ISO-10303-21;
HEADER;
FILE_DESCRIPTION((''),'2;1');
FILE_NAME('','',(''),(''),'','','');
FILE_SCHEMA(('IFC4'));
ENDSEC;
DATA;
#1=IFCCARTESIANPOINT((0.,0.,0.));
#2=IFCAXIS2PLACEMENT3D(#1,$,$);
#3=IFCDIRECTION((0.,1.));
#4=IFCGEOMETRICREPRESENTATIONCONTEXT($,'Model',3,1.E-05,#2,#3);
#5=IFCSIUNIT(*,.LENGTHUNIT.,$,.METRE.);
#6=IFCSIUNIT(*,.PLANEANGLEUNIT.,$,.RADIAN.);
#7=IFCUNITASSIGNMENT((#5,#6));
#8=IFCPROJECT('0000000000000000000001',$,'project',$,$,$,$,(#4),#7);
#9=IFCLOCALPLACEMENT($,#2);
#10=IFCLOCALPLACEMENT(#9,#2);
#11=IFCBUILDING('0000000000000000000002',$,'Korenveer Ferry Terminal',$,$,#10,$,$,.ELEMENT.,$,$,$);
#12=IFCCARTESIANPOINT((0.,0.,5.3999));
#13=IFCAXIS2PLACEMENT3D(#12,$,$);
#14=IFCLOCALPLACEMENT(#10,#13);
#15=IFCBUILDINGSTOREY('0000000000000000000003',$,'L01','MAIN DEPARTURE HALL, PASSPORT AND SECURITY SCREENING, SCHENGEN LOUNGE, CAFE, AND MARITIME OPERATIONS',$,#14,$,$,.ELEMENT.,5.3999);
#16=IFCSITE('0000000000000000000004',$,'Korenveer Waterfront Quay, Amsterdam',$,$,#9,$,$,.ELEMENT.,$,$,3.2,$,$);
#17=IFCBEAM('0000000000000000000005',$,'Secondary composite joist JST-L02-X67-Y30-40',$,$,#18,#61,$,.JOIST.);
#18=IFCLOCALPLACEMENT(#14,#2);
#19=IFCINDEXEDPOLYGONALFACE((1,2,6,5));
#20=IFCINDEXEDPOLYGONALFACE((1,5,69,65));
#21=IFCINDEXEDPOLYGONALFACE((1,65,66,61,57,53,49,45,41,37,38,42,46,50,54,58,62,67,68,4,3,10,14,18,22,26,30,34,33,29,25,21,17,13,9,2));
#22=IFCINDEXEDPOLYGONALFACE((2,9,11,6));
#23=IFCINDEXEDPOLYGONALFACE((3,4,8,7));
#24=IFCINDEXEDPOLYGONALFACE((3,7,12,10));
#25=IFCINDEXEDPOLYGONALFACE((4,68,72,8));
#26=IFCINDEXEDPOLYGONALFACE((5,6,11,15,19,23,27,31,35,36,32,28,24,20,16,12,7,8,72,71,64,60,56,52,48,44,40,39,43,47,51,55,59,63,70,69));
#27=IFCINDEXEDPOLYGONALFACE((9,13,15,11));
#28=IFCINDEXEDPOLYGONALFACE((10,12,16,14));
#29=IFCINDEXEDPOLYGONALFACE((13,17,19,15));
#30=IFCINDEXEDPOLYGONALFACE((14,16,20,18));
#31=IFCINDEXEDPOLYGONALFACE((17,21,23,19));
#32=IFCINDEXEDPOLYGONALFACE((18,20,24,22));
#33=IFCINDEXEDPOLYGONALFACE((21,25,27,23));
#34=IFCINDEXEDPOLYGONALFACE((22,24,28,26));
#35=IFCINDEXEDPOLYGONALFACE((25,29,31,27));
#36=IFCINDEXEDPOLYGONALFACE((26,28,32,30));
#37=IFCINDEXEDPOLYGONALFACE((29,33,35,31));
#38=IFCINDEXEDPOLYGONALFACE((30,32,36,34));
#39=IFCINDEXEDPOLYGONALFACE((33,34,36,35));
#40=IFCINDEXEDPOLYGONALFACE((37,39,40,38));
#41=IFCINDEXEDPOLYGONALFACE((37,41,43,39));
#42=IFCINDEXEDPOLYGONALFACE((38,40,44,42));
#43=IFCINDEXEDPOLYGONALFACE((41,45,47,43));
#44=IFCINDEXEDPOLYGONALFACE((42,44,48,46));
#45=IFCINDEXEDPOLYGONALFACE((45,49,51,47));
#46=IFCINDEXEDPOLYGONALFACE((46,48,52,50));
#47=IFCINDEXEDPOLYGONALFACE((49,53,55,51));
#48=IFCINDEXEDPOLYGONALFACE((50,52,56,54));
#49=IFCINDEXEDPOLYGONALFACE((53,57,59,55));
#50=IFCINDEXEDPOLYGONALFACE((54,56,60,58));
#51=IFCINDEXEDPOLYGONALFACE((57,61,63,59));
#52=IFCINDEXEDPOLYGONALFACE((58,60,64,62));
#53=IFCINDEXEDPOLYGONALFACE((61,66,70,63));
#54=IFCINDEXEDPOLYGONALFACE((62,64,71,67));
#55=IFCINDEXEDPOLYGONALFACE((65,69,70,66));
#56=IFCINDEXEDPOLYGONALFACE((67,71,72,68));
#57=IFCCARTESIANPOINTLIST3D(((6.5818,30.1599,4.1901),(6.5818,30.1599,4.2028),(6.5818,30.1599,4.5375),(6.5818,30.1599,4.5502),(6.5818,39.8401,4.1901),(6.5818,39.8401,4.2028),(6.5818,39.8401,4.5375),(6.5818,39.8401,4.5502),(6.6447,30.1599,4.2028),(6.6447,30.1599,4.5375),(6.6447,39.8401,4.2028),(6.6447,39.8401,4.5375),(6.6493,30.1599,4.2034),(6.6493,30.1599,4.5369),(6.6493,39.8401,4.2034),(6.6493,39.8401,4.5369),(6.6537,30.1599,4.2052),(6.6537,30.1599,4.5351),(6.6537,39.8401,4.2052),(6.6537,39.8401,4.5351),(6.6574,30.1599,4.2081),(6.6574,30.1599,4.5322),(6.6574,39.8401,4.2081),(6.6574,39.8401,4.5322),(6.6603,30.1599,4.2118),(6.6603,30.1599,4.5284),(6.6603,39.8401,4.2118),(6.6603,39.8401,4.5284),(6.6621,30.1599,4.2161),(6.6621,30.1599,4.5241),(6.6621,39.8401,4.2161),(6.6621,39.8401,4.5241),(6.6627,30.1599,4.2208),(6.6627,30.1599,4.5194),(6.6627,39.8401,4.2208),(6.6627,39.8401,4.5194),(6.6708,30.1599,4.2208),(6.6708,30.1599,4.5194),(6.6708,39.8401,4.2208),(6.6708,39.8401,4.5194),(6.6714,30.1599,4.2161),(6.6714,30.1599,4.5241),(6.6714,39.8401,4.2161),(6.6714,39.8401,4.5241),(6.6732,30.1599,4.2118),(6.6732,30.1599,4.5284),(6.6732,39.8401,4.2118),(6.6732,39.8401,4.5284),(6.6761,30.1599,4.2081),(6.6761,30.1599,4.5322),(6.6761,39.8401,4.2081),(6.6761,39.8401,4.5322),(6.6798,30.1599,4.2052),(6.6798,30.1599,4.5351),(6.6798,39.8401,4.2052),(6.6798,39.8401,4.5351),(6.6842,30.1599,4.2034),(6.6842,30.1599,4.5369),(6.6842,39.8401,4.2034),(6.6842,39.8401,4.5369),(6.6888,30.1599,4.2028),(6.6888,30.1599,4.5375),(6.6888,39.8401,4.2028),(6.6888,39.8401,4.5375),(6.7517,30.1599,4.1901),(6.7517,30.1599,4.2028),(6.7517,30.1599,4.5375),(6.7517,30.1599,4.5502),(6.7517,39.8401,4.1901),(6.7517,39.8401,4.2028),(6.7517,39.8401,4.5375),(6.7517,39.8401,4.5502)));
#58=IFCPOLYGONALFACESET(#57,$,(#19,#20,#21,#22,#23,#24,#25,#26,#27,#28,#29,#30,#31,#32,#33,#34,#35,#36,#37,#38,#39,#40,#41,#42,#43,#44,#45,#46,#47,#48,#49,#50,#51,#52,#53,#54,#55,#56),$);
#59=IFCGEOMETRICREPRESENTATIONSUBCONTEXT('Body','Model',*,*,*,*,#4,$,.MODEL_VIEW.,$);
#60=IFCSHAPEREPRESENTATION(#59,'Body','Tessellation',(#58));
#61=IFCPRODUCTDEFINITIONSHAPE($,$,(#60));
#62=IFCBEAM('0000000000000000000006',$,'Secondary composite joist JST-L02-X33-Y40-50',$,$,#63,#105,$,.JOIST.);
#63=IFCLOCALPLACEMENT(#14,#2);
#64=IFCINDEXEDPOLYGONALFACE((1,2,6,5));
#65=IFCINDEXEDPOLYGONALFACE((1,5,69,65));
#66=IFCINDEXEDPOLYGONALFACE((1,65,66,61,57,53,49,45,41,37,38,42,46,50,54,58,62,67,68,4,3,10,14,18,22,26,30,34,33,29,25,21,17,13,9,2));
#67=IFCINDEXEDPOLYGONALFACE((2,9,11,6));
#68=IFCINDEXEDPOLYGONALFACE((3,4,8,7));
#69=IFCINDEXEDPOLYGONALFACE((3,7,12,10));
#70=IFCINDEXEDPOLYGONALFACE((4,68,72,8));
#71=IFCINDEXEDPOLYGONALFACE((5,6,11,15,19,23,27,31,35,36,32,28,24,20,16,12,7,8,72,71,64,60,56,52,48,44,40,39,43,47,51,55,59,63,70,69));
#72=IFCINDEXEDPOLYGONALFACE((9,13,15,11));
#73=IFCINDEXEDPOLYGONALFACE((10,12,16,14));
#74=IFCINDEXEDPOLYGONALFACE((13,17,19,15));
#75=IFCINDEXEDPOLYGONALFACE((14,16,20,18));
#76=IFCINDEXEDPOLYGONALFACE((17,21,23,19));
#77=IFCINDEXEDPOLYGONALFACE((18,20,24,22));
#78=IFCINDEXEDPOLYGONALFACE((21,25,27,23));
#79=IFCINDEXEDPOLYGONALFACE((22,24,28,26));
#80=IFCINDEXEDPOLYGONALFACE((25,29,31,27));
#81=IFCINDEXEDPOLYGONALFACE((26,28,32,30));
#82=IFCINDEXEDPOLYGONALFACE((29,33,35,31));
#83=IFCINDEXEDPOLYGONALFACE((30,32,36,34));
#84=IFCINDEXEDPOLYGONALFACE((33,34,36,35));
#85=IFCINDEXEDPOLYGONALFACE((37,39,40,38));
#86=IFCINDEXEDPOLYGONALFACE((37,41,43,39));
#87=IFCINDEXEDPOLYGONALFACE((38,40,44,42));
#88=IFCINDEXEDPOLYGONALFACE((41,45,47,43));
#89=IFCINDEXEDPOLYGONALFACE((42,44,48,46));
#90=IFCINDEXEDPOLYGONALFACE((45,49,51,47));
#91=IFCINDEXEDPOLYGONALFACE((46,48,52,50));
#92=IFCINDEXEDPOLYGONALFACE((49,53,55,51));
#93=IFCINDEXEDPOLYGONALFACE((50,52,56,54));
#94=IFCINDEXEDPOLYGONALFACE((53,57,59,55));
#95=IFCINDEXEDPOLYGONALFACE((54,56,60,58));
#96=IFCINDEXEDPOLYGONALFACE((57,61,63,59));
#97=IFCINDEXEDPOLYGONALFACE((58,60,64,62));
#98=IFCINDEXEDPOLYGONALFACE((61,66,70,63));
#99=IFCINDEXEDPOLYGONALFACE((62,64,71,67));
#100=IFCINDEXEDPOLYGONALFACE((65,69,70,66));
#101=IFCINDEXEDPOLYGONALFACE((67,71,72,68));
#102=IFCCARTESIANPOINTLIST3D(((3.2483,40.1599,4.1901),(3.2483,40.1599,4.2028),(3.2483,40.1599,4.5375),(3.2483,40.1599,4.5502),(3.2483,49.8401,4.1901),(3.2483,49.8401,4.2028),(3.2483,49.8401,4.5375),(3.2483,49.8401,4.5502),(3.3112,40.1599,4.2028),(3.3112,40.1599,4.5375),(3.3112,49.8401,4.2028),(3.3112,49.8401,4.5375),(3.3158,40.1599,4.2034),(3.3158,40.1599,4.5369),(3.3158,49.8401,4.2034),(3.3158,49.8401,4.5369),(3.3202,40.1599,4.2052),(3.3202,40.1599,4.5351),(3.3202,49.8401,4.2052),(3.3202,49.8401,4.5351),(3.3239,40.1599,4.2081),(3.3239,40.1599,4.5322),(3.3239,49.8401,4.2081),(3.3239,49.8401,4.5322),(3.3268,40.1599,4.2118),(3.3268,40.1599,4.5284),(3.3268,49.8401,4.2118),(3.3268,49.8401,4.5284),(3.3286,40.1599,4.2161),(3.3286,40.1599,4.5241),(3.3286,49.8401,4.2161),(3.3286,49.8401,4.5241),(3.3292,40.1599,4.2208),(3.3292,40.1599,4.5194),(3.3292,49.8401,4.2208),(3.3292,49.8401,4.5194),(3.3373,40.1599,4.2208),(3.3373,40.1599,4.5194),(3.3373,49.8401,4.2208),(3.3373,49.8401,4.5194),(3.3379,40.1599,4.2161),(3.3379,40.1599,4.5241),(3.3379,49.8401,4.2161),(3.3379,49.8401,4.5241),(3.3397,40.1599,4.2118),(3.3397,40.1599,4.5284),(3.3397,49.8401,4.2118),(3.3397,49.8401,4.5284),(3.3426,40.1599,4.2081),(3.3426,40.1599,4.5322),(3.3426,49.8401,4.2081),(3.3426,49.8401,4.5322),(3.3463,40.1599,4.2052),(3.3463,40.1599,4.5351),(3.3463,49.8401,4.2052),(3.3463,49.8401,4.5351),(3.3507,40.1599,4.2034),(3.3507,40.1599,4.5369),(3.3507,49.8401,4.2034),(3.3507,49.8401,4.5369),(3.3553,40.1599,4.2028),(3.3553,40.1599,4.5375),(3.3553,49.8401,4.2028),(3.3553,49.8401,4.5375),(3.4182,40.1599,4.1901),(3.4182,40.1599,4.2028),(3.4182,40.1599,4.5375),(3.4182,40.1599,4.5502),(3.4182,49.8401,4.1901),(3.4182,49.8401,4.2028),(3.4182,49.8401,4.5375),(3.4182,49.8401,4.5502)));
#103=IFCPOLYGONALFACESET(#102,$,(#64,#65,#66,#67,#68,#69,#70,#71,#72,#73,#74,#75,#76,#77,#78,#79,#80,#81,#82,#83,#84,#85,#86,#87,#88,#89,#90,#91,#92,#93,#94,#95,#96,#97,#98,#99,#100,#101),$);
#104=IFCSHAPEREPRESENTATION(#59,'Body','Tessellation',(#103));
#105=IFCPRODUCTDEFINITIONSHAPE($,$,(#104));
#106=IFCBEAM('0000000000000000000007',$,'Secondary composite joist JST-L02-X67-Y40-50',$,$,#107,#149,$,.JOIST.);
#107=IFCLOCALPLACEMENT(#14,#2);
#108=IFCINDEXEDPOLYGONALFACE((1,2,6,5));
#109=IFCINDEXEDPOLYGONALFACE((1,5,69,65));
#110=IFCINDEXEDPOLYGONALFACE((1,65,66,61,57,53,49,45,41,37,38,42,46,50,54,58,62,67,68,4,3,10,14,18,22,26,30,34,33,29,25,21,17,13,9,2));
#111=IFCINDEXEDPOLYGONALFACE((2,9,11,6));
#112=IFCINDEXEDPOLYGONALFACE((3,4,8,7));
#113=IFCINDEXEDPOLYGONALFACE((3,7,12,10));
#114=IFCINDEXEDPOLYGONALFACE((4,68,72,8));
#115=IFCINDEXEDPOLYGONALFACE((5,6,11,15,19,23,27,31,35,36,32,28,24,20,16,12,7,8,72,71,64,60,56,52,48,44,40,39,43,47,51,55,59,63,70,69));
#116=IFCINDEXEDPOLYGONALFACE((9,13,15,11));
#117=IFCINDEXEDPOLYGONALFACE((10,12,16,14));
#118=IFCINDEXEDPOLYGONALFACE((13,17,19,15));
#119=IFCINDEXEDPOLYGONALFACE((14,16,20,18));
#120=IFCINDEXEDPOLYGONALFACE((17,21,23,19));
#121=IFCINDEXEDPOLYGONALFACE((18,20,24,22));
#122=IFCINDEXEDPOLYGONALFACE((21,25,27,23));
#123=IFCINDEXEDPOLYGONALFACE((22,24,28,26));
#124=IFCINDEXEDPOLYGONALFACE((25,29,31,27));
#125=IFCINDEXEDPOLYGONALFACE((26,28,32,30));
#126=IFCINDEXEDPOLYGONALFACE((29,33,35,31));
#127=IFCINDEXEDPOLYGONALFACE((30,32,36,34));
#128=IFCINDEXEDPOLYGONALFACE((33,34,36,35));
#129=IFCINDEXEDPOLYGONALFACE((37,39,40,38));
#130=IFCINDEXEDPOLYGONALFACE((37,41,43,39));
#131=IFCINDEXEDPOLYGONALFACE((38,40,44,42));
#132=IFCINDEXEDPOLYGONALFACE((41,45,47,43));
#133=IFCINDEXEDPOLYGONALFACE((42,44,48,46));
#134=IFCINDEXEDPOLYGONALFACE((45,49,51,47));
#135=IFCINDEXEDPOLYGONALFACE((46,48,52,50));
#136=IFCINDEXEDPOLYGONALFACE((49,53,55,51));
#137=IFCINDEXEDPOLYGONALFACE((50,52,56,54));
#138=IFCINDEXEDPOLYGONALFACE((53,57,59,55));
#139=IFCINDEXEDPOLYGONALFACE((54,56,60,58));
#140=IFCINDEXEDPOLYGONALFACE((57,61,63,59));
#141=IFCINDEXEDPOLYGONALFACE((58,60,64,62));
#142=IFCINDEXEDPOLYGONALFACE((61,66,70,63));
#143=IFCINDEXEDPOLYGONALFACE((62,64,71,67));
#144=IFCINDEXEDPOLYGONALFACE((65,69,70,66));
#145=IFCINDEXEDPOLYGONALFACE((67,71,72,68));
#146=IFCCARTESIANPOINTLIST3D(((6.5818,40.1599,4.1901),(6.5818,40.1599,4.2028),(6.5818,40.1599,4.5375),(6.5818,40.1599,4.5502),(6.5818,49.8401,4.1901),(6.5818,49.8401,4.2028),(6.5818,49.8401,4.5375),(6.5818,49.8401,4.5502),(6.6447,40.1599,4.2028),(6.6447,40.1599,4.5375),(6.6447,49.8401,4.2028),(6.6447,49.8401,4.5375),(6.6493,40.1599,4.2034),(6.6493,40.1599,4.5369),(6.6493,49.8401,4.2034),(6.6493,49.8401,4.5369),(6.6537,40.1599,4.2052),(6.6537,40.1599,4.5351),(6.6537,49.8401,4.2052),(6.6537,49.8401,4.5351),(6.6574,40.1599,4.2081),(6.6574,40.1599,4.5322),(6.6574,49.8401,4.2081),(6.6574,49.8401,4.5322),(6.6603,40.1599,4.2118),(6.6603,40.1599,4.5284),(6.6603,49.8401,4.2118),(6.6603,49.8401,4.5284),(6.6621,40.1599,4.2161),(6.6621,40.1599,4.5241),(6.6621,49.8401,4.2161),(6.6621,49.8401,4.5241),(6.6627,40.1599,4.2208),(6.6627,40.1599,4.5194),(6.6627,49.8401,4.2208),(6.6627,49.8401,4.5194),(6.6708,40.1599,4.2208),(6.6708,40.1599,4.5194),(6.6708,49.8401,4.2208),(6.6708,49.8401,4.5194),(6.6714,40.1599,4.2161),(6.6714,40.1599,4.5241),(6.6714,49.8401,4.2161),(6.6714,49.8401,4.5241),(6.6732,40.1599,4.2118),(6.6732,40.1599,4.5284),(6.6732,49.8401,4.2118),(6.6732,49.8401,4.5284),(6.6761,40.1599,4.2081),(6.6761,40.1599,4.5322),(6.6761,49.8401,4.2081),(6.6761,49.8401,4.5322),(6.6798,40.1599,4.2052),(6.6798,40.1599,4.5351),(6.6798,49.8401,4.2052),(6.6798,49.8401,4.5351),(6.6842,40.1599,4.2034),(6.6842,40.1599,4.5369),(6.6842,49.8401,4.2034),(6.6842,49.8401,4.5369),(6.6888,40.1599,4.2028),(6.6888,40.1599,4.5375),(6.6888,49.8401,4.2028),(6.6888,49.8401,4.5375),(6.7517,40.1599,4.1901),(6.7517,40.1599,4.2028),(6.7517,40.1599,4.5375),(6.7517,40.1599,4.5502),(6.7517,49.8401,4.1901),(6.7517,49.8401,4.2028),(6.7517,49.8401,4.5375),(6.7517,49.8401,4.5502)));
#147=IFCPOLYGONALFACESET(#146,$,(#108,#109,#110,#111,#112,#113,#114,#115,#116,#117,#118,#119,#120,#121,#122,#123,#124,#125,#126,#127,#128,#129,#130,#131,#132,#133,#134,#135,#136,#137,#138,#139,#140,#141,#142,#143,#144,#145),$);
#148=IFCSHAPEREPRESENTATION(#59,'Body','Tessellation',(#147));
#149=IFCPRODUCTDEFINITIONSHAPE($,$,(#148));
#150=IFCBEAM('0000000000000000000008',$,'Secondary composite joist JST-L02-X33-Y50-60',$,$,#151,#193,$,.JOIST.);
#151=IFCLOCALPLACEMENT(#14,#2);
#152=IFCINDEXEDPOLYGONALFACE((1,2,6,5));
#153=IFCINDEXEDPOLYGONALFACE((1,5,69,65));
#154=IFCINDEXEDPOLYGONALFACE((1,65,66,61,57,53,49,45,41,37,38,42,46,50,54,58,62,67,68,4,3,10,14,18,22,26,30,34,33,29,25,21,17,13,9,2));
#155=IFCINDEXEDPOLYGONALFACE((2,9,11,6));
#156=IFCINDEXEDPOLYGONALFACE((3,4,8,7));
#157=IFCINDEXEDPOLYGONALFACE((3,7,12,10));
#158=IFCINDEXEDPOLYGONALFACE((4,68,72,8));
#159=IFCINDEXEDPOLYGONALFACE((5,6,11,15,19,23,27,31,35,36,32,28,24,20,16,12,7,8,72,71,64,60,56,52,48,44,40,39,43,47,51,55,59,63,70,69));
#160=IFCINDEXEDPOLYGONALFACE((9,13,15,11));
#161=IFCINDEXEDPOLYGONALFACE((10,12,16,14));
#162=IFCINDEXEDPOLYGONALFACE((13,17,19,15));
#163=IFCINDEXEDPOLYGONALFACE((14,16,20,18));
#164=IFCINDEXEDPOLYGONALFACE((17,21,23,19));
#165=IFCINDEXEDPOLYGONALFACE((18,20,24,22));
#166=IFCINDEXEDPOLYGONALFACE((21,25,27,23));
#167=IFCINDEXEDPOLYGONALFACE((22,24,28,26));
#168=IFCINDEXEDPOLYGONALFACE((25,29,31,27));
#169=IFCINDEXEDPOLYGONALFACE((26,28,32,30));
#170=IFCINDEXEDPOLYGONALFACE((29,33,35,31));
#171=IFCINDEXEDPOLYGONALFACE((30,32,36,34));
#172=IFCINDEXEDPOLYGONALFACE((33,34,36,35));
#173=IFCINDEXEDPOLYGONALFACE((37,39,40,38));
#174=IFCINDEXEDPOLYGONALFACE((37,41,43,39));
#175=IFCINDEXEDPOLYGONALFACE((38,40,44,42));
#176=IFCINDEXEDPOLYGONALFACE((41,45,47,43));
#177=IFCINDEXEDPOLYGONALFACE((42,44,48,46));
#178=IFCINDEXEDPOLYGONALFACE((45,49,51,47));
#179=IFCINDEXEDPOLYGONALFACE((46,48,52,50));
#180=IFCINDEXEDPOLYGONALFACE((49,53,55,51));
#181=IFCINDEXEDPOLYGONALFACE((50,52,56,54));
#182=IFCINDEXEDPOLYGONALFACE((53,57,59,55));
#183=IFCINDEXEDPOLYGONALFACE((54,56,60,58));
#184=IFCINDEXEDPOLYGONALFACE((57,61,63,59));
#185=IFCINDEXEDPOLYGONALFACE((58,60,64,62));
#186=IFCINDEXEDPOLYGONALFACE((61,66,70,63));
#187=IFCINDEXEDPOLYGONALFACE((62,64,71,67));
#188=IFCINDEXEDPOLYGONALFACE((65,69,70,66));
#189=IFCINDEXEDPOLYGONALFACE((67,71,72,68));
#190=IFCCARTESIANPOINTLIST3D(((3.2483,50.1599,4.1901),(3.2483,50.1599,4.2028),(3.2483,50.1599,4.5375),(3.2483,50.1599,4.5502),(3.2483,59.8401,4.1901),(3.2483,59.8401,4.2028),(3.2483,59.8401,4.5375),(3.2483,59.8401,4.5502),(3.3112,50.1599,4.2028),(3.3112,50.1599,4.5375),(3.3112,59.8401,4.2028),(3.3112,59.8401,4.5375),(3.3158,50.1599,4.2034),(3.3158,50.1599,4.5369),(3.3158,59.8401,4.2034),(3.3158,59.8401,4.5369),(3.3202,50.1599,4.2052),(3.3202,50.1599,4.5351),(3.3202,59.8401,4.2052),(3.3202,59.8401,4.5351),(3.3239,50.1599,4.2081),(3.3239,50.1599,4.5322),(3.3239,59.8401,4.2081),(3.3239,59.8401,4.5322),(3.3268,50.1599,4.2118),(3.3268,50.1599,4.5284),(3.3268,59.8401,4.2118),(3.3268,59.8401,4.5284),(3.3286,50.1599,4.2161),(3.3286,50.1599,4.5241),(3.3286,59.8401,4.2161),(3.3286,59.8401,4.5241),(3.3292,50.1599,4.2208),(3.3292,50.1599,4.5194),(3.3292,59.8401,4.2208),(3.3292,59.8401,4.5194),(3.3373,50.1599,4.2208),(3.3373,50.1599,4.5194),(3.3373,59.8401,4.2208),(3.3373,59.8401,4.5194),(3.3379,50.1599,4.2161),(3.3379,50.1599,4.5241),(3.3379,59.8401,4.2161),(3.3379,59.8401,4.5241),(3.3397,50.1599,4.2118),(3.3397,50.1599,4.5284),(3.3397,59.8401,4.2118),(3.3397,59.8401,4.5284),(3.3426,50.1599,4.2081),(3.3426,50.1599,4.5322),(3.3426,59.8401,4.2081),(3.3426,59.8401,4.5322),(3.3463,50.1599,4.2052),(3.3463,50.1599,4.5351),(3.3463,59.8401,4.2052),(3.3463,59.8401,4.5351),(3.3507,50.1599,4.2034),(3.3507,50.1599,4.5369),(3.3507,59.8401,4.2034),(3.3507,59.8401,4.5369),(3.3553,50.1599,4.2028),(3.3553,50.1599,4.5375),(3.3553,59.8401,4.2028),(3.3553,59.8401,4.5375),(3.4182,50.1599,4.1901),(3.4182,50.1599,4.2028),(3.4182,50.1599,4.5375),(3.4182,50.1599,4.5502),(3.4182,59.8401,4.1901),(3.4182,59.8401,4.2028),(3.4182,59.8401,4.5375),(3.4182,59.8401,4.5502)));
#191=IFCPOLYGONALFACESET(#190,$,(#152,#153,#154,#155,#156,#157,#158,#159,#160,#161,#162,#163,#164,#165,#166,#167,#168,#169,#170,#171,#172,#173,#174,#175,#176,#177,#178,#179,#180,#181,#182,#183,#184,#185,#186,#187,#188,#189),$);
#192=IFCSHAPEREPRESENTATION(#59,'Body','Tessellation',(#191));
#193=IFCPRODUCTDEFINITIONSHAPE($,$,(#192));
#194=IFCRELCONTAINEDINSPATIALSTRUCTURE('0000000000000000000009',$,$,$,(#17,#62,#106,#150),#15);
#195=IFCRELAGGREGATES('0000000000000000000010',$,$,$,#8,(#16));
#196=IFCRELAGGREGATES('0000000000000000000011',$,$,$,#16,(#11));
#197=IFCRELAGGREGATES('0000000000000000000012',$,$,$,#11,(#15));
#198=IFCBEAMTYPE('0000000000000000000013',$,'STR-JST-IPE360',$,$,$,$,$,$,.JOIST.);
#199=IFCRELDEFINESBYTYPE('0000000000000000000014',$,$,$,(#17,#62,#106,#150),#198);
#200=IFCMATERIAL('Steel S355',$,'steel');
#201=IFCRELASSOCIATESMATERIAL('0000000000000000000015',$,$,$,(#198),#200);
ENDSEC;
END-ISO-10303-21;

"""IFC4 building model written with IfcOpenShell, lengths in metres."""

from ifc_helpers import new_model, si_unit, direction, frame, origin, origin_2d, place, context, subcontext, project, spatial, i_section, extrude, material, material_profile, profile_set, type_object, element, save


model = new_model("IFC4")

# Units and contexts
model_context = context("Model", 3, precision=1e-05, world=origin(), true_north=direction((0.0, 1.0)))
body_context = subcontext(model_context, "Body", "Model", "MODEL_VIEW")
ifc_project = project(units=[si_unit("LENGTHUNIT", "METRE"), si_unit("PLANEANGLEUNIT", "RADIAN")], contexts=[model_context])

# Site, building, storey
site_placement = place(None, origin())
site = spatial("IfcSite", under=ifc_project, at=site_placement, Name="Korenveer Waterfront Quay, Amsterdam", CompositionType="ELEMENT", RefElevation=3.2)
building_placement = place(site_placement, origin())
building = spatial("IfcBuilding", under=site, at=building_placement, Name="Korenveer Ferry Terminal", CompositionType="ELEMENT")
storey_placement = place(building_placement, frame((0.0, 0.0, 5.3999)))
storey = spatial("IfcBuildingStorey", under=building, at=storey_placement, Name="L01", Description="MAIN DEPARTURE HALL, PASSPORT AND SECURITY SCREENING, SCHENGEN LOUNGE, CAFE, AND MARITIME OPERATIONS", CompositionType="ELEMENT", Elevation=5.3999)

# Shared definitions
ifc_material_1 = material(Name="Steel S355", Category="steel")

# Beams
ifc_material_profile_1 = material_profile(ifc_material_1, i_section(OverallWidth=0.1699, OverallDepth=0.3601, WebThickness=0.0081, FlangeThickness=0.0127, FilletRadius=0.0181, at=origin_2d()), Name="IPE 360")
ifc_profile_set_1 = profile_set([ifc_material_profile_1], Name="Steel S355")
beam_type_1 = type_object("IfcBeamType", Name="STR-JST-IPE360", PredefinedType="JOIST", material=ifc_profile_set_1)
for number, where, z_axis, x_axis, name in (
    (1, (6.6667, 30.1599, 4.3701), (0.0, 1.0, 0.0), (-1.0, 0.0, 0.0), "Secondary composite joist JST-L02-X67-Y30-40"),
    (2, (3.3333, 40.1599, 4.3701), (0.0, 1.0, 0.0), (-1.0, 0.0, 0.0), "Secondary composite joist JST-L02-X33-Y40-50"),
    (3, (6.6667, 40.1599, 4.3701), (0.0, 1.0, 0.0), (-1.0, 0.0, 0.0), "Secondary composite joist JST-L02-X67-Y40-50"),
    (4, (3.3333, 50.1599, 4.3701), (0.0, 1.0, 0.0), (-1.0, 0.0, 0.0), "Secondary composite joist JST-L02-X33-Y50-60"),
):
    element("IfcBeam", number, at=place(storey_placement, frame(where, z_axis=z_axis, x_axis=x_axis)), inside=storey, type_object=beam_type_1, Name=name, PredefinedType="JOIST", context=body_context, shape_type="SweptSolid", body=[
        extrude(i_section(OverallWidth=0.1699, OverallDepth=0.3601, WebThickness=0.0081, FlangeThickness=0.0127, FilletRadius=0.0181, at=origin_2d()), origin(), (0.0, 0.0, 1.0), 9.6802),
    ])

save(model, "model.ifc")
